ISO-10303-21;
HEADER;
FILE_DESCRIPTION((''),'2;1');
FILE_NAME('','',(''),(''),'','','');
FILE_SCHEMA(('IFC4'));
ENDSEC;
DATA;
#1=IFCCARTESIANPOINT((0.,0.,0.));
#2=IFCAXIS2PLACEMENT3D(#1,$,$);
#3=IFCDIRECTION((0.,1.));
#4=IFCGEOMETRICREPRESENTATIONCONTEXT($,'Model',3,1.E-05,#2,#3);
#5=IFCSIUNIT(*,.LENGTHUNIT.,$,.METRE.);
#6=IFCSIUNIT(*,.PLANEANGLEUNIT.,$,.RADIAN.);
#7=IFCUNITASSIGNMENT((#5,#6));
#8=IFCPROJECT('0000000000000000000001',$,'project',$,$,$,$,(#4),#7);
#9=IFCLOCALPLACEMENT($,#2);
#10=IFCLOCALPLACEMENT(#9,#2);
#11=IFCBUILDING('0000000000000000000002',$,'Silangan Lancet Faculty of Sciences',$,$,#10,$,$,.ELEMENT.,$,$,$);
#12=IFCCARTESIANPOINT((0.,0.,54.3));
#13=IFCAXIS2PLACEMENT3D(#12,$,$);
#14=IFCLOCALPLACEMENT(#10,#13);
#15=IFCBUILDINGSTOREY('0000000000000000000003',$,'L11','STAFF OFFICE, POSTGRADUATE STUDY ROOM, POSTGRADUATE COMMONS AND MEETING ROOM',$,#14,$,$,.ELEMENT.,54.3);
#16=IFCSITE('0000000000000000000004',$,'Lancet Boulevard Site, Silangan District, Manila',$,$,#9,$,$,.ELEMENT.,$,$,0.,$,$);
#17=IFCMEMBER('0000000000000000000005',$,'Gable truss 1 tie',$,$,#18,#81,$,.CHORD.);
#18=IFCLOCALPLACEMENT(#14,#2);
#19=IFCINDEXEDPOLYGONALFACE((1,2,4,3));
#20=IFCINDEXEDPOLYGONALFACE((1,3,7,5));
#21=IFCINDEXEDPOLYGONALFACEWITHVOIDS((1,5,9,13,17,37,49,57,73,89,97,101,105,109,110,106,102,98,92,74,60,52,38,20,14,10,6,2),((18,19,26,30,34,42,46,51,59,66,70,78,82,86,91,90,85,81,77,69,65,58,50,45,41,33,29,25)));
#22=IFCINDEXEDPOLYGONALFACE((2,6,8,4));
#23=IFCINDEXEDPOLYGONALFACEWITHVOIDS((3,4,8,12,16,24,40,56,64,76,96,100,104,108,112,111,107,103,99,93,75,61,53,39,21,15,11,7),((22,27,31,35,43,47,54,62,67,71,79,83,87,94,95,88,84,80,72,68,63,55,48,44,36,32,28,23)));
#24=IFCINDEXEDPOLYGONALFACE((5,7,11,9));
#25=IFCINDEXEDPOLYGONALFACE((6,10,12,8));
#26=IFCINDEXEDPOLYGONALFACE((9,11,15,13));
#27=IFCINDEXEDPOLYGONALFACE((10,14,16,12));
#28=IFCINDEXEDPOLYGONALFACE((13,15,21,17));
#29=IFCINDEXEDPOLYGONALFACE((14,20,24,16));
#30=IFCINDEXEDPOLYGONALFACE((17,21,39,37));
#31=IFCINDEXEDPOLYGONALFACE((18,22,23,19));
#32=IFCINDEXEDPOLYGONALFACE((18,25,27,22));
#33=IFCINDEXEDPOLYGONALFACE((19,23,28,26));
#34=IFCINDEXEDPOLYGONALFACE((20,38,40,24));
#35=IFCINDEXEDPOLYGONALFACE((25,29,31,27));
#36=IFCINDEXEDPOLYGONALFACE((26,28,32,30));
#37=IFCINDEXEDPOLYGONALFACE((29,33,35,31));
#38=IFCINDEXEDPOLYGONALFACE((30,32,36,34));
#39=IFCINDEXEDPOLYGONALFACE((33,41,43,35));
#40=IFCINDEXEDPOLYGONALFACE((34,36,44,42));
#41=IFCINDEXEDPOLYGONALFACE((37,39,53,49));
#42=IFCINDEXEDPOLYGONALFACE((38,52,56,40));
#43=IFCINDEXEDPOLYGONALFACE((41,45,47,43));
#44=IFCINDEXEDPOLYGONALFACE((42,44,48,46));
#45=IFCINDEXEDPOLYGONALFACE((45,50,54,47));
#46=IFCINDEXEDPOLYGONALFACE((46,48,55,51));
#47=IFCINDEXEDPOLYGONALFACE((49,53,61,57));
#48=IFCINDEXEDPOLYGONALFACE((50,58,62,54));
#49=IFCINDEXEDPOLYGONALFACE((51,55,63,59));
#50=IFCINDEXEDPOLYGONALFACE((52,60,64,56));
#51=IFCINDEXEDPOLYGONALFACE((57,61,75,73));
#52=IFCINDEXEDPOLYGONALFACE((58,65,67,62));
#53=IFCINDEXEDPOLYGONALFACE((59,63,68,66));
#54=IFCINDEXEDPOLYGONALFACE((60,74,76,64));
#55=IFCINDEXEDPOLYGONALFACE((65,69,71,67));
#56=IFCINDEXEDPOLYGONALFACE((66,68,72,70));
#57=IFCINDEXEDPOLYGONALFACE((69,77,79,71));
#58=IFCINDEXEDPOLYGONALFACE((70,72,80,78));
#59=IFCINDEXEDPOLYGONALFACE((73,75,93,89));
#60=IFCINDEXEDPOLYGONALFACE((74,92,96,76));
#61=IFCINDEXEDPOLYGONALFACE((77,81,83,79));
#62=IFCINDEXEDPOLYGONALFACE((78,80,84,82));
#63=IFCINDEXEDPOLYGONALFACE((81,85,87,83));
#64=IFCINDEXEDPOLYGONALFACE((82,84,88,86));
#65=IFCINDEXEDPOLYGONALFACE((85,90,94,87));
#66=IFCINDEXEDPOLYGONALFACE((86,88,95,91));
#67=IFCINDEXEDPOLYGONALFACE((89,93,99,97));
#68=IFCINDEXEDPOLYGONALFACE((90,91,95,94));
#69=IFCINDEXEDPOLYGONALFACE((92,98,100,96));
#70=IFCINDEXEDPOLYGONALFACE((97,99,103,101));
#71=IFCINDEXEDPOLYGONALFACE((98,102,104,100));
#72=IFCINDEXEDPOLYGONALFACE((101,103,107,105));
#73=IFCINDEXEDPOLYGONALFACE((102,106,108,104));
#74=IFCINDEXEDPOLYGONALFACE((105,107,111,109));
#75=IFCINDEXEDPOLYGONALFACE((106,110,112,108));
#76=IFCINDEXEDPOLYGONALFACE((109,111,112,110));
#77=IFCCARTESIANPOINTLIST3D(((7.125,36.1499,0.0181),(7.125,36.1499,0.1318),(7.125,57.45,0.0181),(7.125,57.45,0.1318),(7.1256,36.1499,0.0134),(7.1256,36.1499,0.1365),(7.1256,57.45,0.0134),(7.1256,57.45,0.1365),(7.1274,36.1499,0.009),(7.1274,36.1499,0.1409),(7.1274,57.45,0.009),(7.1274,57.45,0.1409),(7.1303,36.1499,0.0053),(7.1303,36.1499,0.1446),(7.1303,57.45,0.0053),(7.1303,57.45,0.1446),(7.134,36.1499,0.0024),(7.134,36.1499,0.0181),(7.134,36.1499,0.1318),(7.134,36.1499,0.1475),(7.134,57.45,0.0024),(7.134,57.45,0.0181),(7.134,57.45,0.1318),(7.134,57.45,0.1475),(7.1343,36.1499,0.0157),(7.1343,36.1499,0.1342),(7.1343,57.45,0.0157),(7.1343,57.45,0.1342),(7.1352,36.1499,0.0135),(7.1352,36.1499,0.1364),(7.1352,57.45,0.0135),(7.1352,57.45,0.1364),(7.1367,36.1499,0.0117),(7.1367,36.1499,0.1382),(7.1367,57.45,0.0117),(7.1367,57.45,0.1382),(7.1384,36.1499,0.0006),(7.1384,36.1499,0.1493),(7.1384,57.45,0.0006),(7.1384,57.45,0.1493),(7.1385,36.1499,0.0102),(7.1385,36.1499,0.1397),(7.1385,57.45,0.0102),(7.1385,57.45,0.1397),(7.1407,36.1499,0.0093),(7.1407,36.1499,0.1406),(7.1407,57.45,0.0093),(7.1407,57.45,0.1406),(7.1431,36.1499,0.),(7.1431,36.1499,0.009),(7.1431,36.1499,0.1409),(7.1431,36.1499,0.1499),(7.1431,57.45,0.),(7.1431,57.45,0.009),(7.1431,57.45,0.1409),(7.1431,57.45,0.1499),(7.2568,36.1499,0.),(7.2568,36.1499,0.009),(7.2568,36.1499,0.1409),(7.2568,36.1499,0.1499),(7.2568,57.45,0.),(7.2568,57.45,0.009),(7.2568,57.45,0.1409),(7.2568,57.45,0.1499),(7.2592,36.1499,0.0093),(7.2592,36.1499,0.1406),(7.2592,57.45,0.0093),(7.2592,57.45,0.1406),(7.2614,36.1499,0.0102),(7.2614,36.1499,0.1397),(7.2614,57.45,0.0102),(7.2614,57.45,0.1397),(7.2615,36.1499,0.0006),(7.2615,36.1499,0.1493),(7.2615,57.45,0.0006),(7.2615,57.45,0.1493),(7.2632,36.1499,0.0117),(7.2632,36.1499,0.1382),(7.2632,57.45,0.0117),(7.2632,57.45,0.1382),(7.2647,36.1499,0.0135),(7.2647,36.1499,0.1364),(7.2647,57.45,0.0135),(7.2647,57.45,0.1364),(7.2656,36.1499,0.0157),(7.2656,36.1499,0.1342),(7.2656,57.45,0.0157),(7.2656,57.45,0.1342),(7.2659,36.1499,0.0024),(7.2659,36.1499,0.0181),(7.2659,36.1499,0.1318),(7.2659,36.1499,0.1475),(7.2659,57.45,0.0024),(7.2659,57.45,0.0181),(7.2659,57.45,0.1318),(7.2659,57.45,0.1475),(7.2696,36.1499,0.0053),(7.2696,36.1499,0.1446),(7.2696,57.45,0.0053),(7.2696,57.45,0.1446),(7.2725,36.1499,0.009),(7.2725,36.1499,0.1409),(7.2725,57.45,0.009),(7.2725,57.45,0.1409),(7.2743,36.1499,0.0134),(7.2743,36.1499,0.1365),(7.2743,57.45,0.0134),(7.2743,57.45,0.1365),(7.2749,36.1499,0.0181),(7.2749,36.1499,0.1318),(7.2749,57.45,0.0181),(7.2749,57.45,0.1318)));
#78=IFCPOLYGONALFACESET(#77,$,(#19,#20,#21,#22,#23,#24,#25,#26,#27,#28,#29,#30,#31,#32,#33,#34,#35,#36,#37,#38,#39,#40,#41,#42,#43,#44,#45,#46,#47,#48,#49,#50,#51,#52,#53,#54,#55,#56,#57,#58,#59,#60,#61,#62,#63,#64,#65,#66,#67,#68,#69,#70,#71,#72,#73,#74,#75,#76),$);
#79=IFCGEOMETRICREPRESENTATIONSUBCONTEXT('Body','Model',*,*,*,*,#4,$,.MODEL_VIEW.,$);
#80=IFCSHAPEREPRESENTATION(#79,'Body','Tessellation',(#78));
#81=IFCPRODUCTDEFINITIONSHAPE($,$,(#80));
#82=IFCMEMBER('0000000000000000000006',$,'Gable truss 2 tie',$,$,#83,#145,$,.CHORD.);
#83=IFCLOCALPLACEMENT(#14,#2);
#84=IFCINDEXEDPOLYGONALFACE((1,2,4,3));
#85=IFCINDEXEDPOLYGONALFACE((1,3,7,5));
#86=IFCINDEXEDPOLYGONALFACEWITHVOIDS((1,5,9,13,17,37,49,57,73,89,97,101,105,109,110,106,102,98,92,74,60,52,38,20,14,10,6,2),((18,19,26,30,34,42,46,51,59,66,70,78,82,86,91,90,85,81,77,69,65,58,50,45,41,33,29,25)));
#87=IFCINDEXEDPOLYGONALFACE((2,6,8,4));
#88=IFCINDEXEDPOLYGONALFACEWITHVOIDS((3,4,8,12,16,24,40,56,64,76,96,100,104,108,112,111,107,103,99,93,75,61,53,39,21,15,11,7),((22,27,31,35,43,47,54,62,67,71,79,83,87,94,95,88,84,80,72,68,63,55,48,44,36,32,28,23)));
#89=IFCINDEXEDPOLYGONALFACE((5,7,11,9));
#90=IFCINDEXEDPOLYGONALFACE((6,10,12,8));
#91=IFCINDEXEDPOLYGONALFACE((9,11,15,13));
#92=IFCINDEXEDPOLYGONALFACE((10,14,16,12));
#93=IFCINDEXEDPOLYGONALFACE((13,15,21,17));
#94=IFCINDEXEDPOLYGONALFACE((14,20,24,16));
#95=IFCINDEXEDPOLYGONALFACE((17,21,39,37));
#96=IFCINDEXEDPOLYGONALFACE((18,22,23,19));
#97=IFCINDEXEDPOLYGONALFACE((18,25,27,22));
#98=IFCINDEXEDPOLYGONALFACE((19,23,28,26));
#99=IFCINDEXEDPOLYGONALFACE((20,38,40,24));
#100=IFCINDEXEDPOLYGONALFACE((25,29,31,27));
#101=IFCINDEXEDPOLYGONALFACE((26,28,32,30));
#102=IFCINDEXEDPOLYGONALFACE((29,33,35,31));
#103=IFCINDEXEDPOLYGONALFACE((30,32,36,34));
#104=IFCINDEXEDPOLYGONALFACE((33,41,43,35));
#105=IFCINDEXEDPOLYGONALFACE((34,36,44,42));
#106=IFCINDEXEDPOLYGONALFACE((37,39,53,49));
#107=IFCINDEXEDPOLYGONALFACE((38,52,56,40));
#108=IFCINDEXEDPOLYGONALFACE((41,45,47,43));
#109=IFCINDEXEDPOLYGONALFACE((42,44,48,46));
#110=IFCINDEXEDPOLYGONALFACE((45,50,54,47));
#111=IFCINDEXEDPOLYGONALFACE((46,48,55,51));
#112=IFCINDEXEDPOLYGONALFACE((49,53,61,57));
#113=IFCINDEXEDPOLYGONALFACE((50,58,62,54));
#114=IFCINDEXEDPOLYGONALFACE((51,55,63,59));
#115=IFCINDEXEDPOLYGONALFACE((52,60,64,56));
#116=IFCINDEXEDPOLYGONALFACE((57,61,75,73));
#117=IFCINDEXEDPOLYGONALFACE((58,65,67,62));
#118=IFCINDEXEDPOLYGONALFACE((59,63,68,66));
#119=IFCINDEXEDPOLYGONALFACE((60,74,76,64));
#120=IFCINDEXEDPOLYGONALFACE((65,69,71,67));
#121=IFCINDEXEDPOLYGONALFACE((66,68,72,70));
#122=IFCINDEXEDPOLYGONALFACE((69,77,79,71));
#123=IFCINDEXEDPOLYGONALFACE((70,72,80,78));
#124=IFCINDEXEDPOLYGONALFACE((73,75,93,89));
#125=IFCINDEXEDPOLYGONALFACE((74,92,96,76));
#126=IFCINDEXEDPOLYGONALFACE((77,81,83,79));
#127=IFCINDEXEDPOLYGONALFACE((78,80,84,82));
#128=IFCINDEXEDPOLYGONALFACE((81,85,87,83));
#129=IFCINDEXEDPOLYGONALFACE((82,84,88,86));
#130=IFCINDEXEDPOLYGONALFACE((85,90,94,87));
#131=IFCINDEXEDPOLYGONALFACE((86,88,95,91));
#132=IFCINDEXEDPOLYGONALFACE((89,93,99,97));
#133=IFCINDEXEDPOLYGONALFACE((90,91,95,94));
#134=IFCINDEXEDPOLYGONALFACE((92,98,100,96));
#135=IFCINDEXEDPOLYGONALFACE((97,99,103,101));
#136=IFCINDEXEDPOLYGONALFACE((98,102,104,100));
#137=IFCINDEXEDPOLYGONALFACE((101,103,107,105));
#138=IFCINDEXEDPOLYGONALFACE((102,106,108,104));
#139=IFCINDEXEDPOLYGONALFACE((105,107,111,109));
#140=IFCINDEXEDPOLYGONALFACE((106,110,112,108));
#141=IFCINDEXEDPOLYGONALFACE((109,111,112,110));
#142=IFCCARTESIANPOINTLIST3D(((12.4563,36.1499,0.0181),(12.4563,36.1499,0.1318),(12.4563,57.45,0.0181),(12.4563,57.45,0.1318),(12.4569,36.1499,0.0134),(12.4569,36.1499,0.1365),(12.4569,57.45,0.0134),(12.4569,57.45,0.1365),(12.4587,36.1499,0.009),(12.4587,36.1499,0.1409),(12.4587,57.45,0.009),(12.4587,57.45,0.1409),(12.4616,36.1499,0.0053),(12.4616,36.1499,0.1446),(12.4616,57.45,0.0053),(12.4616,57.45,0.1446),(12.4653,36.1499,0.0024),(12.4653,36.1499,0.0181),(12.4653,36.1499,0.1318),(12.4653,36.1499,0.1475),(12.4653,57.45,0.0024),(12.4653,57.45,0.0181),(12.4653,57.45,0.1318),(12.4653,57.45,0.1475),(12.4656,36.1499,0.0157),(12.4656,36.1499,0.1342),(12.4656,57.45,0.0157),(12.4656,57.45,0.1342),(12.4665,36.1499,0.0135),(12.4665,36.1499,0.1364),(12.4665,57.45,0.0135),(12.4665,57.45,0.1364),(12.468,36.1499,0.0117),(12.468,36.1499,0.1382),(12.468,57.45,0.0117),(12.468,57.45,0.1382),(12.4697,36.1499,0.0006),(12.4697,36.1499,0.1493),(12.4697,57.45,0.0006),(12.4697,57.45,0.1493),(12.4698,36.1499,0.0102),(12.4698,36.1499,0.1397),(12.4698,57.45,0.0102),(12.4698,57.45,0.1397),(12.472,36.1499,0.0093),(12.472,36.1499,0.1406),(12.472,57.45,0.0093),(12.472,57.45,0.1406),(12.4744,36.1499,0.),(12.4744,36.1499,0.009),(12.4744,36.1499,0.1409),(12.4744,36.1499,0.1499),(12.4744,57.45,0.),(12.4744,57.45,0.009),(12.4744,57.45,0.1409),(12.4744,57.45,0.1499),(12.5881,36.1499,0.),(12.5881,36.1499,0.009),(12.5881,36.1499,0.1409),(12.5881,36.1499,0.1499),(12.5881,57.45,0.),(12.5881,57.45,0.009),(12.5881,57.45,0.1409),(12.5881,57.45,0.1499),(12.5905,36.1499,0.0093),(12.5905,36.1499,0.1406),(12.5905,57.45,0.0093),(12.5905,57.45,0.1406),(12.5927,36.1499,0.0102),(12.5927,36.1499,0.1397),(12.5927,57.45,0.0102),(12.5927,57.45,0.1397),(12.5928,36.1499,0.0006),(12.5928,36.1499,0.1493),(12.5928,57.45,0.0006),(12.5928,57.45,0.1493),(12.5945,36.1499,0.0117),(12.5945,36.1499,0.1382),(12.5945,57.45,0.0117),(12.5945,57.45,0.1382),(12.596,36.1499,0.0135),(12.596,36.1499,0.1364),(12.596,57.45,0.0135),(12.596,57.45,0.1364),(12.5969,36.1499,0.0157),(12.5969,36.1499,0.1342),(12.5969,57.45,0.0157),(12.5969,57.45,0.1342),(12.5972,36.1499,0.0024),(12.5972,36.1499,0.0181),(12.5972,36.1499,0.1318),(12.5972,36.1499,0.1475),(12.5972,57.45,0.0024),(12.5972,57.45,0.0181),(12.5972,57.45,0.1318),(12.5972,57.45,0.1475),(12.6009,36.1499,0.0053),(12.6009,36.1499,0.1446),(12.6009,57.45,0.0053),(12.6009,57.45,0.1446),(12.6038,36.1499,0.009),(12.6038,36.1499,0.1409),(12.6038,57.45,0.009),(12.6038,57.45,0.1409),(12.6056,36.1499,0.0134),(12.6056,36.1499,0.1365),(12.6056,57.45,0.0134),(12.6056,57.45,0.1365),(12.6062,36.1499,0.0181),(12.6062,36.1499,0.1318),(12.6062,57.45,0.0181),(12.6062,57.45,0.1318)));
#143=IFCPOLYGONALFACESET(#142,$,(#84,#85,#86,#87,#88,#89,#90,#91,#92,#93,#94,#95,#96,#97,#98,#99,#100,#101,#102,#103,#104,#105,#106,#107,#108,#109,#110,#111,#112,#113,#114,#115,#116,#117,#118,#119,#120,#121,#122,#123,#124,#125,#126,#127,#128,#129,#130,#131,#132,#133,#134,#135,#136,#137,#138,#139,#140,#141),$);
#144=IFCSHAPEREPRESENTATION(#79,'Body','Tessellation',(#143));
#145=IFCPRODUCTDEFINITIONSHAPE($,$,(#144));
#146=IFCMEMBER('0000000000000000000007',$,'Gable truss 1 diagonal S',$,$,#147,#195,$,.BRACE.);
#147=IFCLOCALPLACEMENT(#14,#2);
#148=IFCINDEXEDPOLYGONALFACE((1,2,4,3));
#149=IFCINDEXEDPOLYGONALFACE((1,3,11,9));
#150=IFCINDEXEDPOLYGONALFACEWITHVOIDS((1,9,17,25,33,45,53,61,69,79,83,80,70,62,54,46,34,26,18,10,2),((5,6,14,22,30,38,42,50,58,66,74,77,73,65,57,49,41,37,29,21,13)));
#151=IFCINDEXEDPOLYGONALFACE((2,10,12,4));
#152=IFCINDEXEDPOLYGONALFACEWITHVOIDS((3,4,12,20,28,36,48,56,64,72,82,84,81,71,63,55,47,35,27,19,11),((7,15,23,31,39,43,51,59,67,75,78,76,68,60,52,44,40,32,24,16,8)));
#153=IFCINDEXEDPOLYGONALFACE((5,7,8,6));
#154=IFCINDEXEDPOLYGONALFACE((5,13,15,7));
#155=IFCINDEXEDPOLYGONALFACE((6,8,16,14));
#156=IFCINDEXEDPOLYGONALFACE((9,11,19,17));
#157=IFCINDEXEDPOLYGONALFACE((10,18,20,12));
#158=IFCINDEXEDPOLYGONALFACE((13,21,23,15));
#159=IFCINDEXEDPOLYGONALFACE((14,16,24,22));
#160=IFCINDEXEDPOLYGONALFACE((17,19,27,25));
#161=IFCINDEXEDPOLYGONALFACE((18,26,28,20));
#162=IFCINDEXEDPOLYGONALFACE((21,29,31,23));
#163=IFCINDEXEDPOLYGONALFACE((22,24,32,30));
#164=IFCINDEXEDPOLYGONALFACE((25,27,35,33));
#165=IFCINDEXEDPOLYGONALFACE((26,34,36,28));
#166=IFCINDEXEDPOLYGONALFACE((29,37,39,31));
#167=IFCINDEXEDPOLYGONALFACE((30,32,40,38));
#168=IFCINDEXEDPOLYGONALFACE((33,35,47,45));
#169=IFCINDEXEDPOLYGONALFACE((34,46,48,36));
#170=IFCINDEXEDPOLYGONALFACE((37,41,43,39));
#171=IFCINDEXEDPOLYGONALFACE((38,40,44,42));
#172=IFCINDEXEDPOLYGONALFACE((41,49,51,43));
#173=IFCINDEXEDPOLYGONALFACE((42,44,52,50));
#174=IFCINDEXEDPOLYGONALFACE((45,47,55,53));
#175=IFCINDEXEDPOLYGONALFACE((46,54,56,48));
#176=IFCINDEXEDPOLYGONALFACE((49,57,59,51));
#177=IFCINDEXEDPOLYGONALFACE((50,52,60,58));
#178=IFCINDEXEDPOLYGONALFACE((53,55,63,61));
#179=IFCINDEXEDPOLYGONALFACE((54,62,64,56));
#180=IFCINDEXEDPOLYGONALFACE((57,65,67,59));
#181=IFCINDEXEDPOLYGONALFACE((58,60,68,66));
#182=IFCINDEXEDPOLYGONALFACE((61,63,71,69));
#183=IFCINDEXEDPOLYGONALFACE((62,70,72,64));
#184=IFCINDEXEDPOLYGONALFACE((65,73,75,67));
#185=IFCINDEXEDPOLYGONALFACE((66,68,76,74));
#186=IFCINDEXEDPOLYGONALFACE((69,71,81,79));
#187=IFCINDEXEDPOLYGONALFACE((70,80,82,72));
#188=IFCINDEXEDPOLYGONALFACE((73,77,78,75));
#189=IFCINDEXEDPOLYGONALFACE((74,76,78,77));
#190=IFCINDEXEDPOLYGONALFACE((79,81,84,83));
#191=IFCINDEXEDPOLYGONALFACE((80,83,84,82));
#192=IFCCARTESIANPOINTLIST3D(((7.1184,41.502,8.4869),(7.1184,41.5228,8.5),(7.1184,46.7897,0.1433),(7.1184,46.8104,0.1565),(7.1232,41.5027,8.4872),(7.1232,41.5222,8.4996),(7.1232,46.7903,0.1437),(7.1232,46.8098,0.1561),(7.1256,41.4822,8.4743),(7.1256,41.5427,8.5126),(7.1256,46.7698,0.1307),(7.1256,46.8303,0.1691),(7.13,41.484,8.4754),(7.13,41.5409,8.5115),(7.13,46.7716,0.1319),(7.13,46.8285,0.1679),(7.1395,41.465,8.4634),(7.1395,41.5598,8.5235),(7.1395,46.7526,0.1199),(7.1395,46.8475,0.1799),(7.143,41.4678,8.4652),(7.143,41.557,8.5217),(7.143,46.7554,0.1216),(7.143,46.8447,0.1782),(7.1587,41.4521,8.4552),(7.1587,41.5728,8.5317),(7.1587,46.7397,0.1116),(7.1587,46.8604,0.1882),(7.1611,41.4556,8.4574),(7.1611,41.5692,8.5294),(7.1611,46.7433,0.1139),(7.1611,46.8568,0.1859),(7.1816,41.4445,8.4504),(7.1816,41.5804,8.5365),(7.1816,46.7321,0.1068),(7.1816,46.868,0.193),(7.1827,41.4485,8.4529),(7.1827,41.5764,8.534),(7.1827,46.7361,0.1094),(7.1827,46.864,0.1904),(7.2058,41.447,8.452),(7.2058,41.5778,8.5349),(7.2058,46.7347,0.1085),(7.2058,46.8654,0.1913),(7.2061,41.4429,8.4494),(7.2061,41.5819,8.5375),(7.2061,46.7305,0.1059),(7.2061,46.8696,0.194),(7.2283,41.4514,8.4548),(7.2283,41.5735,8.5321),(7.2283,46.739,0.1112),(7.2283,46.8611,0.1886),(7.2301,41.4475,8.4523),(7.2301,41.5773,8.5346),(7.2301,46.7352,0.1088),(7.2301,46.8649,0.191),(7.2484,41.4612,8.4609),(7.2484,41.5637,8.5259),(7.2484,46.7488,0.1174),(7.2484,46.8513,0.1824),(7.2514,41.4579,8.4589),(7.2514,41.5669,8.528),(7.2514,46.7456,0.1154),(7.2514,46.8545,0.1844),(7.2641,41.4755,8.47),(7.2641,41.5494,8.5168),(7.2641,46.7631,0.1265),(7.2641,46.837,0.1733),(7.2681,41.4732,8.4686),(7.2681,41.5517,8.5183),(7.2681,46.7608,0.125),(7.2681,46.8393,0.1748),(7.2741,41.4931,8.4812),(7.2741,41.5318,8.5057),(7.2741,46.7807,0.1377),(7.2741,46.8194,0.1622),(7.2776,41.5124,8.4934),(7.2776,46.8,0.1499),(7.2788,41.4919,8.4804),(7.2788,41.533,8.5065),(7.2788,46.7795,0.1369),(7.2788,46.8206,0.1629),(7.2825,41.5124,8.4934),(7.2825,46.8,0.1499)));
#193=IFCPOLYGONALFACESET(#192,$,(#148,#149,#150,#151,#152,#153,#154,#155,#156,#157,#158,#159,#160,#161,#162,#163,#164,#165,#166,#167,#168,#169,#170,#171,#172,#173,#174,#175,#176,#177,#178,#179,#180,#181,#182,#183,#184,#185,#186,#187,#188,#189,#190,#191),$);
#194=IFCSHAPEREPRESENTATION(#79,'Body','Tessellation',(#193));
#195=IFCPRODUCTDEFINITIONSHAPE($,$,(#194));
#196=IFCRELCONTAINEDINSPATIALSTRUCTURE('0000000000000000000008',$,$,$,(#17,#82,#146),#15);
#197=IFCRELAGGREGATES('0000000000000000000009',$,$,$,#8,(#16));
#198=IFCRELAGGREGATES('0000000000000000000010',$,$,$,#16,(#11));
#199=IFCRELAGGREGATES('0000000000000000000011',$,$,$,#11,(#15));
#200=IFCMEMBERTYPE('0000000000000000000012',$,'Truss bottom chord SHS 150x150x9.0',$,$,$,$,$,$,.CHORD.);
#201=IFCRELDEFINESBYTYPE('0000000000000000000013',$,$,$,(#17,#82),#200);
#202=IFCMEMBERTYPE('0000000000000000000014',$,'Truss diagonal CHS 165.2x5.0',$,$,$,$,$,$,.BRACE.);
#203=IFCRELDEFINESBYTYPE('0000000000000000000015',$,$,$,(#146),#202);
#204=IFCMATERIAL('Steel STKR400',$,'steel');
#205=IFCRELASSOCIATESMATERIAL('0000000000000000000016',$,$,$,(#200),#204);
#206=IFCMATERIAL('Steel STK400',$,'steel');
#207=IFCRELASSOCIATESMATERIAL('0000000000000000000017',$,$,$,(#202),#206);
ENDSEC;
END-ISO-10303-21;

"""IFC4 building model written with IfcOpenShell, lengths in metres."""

from ifc_helpers import new_model, si_unit, direction, frame, origin, origin_2d, place, context, subcontext, project, spatial, hollow_rectangle, hollow_circle, extrude, material, material_profile, profile_set, type_object, element, save


model = new_model("IFC4")

# Units and contexts
model_context = context("Model", 3, precision=1e-05, world=origin(), true_north=direction((0.0, 1.0)))
body_context = subcontext(model_context, "Body", "Model", "MODEL_VIEW")
ifc_project = project(units=[si_unit("LENGTHUNIT", "METRE"), si_unit("PLANEANGLEUNIT", "RADIAN")], contexts=[model_context])

# Site, building, storey
site_placement = place(None, origin())
site = spatial("IfcSite", under=ifc_project, at=site_placement, Name="Lancet Boulevard Site, Silangan District, Manila", CompositionType="ELEMENT", RefElevation=0.0)
building_placement = place(site_placement, origin())
building = spatial("IfcBuilding", under=site, at=building_placement, Name="Silangan Lancet Faculty of Sciences", CompositionType="ELEMENT")
storey_placement = place(building_placement, frame((0.0, 0.0, 54.3)))
storey = spatial("IfcBuildingStorey", under=building, at=storey_placement, Name="L11", Description="STAFF OFFICE, POSTGRADUATE STUDY ROOM, POSTGRADUATE COMMONS AND MEETING ROOM", CompositionType="ELEMENT", Elevation=54.3)

# Members
ifc_material_1 = material(Name="Steel STKR400", Category="steel")
ifc_material_profile_1 = material_profile(ifc_material_1, hollow_rectangle(XDim=0.1499, YDim=0.1499, WallThickness=0.009, InnerFilletRadius=0.009, OuterFilletRadius=0.0181, at=origin_2d()), Name="SHS 150x150x9.0")
ifc_profile_set_1 = profile_set([ifc_material_profile_1], Name="Steel STKR400")
member_type_1 = type_object("IfcMemberType", Name="Truss bottom chord SHS 150x150x9.0", PredefinedType="CHORD", material=ifc_profile_set_1)
for number, where, z_axis, x_axis, name in (
    (1, (7.2, 36.1499, 0.075), (0.0, 1.0, 0.0), (-1.0, 0.0, 0.0), "Gable truss 1 tie"),
    (2, (12.5312, 36.1499, 0.075), (0.0, 1.0, 0.0), (-1.0, 0.0, 0.0), "Gable truss 2 tie"),
):
    element("IfcMember", number, at=place(storey_placement, frame(where, z_axis=z_axis, x_axis=x_axis)), inside=storey, type_object=member_type_1, Name=name, PredefinedType="CHORD", context=body_context, shape_type="SweptSolid", body=[
        extrude(hollow_rectangle(XDim=0.1499, YDim=0.1499, WallThickness=0.009, InnerFilletRadius=0.009, OuterFilletRadius=0.0181, at=origin_2d()), origin(), (0.0, 0.0, 1.0), 21.3),
    ])
ifc_material_2 = material(Name="Steel STK400", Category="steel")
ifc_material_profile_2 = material_profile(ifc_material_2, hollow_circle(Radius=0.0825, WallThickness=0.0049, at=origin_2d()), Name="CHS 165.2x5.0")
ifc_profile_set_2 = profile_set([ifc_material_profile_2], Name="Steel STK400")
member_type_2 = type_object("IfcMemberType", Name="Truss diagonal CHS 165.2x5.0", PredefinedType="BRACE", material=ifc_profile_set_2)
member_1_placement = place(storey_placement, frame((7.2, 46.8, 0.1499), z_axis=(0.0, -0.535296, 0.844664), x_axis=(1.0, 0.0, 0.0)))
element("IfcMember", 3, at=member_1_placement, inside=storey, type_object=member_type_2, Name="Gable truss 1 diagonal S", PredefinedType="BRACE", context=body_context, shape_type="SweptSolid", body=[
    extrude(hollow_circle(Radius=0.0825, WallThickness=0.0049, at=origin_2d()), origin(), (0.0, 0.0, 1.0), 9.8779),
])

save(model, "model.ifc")
